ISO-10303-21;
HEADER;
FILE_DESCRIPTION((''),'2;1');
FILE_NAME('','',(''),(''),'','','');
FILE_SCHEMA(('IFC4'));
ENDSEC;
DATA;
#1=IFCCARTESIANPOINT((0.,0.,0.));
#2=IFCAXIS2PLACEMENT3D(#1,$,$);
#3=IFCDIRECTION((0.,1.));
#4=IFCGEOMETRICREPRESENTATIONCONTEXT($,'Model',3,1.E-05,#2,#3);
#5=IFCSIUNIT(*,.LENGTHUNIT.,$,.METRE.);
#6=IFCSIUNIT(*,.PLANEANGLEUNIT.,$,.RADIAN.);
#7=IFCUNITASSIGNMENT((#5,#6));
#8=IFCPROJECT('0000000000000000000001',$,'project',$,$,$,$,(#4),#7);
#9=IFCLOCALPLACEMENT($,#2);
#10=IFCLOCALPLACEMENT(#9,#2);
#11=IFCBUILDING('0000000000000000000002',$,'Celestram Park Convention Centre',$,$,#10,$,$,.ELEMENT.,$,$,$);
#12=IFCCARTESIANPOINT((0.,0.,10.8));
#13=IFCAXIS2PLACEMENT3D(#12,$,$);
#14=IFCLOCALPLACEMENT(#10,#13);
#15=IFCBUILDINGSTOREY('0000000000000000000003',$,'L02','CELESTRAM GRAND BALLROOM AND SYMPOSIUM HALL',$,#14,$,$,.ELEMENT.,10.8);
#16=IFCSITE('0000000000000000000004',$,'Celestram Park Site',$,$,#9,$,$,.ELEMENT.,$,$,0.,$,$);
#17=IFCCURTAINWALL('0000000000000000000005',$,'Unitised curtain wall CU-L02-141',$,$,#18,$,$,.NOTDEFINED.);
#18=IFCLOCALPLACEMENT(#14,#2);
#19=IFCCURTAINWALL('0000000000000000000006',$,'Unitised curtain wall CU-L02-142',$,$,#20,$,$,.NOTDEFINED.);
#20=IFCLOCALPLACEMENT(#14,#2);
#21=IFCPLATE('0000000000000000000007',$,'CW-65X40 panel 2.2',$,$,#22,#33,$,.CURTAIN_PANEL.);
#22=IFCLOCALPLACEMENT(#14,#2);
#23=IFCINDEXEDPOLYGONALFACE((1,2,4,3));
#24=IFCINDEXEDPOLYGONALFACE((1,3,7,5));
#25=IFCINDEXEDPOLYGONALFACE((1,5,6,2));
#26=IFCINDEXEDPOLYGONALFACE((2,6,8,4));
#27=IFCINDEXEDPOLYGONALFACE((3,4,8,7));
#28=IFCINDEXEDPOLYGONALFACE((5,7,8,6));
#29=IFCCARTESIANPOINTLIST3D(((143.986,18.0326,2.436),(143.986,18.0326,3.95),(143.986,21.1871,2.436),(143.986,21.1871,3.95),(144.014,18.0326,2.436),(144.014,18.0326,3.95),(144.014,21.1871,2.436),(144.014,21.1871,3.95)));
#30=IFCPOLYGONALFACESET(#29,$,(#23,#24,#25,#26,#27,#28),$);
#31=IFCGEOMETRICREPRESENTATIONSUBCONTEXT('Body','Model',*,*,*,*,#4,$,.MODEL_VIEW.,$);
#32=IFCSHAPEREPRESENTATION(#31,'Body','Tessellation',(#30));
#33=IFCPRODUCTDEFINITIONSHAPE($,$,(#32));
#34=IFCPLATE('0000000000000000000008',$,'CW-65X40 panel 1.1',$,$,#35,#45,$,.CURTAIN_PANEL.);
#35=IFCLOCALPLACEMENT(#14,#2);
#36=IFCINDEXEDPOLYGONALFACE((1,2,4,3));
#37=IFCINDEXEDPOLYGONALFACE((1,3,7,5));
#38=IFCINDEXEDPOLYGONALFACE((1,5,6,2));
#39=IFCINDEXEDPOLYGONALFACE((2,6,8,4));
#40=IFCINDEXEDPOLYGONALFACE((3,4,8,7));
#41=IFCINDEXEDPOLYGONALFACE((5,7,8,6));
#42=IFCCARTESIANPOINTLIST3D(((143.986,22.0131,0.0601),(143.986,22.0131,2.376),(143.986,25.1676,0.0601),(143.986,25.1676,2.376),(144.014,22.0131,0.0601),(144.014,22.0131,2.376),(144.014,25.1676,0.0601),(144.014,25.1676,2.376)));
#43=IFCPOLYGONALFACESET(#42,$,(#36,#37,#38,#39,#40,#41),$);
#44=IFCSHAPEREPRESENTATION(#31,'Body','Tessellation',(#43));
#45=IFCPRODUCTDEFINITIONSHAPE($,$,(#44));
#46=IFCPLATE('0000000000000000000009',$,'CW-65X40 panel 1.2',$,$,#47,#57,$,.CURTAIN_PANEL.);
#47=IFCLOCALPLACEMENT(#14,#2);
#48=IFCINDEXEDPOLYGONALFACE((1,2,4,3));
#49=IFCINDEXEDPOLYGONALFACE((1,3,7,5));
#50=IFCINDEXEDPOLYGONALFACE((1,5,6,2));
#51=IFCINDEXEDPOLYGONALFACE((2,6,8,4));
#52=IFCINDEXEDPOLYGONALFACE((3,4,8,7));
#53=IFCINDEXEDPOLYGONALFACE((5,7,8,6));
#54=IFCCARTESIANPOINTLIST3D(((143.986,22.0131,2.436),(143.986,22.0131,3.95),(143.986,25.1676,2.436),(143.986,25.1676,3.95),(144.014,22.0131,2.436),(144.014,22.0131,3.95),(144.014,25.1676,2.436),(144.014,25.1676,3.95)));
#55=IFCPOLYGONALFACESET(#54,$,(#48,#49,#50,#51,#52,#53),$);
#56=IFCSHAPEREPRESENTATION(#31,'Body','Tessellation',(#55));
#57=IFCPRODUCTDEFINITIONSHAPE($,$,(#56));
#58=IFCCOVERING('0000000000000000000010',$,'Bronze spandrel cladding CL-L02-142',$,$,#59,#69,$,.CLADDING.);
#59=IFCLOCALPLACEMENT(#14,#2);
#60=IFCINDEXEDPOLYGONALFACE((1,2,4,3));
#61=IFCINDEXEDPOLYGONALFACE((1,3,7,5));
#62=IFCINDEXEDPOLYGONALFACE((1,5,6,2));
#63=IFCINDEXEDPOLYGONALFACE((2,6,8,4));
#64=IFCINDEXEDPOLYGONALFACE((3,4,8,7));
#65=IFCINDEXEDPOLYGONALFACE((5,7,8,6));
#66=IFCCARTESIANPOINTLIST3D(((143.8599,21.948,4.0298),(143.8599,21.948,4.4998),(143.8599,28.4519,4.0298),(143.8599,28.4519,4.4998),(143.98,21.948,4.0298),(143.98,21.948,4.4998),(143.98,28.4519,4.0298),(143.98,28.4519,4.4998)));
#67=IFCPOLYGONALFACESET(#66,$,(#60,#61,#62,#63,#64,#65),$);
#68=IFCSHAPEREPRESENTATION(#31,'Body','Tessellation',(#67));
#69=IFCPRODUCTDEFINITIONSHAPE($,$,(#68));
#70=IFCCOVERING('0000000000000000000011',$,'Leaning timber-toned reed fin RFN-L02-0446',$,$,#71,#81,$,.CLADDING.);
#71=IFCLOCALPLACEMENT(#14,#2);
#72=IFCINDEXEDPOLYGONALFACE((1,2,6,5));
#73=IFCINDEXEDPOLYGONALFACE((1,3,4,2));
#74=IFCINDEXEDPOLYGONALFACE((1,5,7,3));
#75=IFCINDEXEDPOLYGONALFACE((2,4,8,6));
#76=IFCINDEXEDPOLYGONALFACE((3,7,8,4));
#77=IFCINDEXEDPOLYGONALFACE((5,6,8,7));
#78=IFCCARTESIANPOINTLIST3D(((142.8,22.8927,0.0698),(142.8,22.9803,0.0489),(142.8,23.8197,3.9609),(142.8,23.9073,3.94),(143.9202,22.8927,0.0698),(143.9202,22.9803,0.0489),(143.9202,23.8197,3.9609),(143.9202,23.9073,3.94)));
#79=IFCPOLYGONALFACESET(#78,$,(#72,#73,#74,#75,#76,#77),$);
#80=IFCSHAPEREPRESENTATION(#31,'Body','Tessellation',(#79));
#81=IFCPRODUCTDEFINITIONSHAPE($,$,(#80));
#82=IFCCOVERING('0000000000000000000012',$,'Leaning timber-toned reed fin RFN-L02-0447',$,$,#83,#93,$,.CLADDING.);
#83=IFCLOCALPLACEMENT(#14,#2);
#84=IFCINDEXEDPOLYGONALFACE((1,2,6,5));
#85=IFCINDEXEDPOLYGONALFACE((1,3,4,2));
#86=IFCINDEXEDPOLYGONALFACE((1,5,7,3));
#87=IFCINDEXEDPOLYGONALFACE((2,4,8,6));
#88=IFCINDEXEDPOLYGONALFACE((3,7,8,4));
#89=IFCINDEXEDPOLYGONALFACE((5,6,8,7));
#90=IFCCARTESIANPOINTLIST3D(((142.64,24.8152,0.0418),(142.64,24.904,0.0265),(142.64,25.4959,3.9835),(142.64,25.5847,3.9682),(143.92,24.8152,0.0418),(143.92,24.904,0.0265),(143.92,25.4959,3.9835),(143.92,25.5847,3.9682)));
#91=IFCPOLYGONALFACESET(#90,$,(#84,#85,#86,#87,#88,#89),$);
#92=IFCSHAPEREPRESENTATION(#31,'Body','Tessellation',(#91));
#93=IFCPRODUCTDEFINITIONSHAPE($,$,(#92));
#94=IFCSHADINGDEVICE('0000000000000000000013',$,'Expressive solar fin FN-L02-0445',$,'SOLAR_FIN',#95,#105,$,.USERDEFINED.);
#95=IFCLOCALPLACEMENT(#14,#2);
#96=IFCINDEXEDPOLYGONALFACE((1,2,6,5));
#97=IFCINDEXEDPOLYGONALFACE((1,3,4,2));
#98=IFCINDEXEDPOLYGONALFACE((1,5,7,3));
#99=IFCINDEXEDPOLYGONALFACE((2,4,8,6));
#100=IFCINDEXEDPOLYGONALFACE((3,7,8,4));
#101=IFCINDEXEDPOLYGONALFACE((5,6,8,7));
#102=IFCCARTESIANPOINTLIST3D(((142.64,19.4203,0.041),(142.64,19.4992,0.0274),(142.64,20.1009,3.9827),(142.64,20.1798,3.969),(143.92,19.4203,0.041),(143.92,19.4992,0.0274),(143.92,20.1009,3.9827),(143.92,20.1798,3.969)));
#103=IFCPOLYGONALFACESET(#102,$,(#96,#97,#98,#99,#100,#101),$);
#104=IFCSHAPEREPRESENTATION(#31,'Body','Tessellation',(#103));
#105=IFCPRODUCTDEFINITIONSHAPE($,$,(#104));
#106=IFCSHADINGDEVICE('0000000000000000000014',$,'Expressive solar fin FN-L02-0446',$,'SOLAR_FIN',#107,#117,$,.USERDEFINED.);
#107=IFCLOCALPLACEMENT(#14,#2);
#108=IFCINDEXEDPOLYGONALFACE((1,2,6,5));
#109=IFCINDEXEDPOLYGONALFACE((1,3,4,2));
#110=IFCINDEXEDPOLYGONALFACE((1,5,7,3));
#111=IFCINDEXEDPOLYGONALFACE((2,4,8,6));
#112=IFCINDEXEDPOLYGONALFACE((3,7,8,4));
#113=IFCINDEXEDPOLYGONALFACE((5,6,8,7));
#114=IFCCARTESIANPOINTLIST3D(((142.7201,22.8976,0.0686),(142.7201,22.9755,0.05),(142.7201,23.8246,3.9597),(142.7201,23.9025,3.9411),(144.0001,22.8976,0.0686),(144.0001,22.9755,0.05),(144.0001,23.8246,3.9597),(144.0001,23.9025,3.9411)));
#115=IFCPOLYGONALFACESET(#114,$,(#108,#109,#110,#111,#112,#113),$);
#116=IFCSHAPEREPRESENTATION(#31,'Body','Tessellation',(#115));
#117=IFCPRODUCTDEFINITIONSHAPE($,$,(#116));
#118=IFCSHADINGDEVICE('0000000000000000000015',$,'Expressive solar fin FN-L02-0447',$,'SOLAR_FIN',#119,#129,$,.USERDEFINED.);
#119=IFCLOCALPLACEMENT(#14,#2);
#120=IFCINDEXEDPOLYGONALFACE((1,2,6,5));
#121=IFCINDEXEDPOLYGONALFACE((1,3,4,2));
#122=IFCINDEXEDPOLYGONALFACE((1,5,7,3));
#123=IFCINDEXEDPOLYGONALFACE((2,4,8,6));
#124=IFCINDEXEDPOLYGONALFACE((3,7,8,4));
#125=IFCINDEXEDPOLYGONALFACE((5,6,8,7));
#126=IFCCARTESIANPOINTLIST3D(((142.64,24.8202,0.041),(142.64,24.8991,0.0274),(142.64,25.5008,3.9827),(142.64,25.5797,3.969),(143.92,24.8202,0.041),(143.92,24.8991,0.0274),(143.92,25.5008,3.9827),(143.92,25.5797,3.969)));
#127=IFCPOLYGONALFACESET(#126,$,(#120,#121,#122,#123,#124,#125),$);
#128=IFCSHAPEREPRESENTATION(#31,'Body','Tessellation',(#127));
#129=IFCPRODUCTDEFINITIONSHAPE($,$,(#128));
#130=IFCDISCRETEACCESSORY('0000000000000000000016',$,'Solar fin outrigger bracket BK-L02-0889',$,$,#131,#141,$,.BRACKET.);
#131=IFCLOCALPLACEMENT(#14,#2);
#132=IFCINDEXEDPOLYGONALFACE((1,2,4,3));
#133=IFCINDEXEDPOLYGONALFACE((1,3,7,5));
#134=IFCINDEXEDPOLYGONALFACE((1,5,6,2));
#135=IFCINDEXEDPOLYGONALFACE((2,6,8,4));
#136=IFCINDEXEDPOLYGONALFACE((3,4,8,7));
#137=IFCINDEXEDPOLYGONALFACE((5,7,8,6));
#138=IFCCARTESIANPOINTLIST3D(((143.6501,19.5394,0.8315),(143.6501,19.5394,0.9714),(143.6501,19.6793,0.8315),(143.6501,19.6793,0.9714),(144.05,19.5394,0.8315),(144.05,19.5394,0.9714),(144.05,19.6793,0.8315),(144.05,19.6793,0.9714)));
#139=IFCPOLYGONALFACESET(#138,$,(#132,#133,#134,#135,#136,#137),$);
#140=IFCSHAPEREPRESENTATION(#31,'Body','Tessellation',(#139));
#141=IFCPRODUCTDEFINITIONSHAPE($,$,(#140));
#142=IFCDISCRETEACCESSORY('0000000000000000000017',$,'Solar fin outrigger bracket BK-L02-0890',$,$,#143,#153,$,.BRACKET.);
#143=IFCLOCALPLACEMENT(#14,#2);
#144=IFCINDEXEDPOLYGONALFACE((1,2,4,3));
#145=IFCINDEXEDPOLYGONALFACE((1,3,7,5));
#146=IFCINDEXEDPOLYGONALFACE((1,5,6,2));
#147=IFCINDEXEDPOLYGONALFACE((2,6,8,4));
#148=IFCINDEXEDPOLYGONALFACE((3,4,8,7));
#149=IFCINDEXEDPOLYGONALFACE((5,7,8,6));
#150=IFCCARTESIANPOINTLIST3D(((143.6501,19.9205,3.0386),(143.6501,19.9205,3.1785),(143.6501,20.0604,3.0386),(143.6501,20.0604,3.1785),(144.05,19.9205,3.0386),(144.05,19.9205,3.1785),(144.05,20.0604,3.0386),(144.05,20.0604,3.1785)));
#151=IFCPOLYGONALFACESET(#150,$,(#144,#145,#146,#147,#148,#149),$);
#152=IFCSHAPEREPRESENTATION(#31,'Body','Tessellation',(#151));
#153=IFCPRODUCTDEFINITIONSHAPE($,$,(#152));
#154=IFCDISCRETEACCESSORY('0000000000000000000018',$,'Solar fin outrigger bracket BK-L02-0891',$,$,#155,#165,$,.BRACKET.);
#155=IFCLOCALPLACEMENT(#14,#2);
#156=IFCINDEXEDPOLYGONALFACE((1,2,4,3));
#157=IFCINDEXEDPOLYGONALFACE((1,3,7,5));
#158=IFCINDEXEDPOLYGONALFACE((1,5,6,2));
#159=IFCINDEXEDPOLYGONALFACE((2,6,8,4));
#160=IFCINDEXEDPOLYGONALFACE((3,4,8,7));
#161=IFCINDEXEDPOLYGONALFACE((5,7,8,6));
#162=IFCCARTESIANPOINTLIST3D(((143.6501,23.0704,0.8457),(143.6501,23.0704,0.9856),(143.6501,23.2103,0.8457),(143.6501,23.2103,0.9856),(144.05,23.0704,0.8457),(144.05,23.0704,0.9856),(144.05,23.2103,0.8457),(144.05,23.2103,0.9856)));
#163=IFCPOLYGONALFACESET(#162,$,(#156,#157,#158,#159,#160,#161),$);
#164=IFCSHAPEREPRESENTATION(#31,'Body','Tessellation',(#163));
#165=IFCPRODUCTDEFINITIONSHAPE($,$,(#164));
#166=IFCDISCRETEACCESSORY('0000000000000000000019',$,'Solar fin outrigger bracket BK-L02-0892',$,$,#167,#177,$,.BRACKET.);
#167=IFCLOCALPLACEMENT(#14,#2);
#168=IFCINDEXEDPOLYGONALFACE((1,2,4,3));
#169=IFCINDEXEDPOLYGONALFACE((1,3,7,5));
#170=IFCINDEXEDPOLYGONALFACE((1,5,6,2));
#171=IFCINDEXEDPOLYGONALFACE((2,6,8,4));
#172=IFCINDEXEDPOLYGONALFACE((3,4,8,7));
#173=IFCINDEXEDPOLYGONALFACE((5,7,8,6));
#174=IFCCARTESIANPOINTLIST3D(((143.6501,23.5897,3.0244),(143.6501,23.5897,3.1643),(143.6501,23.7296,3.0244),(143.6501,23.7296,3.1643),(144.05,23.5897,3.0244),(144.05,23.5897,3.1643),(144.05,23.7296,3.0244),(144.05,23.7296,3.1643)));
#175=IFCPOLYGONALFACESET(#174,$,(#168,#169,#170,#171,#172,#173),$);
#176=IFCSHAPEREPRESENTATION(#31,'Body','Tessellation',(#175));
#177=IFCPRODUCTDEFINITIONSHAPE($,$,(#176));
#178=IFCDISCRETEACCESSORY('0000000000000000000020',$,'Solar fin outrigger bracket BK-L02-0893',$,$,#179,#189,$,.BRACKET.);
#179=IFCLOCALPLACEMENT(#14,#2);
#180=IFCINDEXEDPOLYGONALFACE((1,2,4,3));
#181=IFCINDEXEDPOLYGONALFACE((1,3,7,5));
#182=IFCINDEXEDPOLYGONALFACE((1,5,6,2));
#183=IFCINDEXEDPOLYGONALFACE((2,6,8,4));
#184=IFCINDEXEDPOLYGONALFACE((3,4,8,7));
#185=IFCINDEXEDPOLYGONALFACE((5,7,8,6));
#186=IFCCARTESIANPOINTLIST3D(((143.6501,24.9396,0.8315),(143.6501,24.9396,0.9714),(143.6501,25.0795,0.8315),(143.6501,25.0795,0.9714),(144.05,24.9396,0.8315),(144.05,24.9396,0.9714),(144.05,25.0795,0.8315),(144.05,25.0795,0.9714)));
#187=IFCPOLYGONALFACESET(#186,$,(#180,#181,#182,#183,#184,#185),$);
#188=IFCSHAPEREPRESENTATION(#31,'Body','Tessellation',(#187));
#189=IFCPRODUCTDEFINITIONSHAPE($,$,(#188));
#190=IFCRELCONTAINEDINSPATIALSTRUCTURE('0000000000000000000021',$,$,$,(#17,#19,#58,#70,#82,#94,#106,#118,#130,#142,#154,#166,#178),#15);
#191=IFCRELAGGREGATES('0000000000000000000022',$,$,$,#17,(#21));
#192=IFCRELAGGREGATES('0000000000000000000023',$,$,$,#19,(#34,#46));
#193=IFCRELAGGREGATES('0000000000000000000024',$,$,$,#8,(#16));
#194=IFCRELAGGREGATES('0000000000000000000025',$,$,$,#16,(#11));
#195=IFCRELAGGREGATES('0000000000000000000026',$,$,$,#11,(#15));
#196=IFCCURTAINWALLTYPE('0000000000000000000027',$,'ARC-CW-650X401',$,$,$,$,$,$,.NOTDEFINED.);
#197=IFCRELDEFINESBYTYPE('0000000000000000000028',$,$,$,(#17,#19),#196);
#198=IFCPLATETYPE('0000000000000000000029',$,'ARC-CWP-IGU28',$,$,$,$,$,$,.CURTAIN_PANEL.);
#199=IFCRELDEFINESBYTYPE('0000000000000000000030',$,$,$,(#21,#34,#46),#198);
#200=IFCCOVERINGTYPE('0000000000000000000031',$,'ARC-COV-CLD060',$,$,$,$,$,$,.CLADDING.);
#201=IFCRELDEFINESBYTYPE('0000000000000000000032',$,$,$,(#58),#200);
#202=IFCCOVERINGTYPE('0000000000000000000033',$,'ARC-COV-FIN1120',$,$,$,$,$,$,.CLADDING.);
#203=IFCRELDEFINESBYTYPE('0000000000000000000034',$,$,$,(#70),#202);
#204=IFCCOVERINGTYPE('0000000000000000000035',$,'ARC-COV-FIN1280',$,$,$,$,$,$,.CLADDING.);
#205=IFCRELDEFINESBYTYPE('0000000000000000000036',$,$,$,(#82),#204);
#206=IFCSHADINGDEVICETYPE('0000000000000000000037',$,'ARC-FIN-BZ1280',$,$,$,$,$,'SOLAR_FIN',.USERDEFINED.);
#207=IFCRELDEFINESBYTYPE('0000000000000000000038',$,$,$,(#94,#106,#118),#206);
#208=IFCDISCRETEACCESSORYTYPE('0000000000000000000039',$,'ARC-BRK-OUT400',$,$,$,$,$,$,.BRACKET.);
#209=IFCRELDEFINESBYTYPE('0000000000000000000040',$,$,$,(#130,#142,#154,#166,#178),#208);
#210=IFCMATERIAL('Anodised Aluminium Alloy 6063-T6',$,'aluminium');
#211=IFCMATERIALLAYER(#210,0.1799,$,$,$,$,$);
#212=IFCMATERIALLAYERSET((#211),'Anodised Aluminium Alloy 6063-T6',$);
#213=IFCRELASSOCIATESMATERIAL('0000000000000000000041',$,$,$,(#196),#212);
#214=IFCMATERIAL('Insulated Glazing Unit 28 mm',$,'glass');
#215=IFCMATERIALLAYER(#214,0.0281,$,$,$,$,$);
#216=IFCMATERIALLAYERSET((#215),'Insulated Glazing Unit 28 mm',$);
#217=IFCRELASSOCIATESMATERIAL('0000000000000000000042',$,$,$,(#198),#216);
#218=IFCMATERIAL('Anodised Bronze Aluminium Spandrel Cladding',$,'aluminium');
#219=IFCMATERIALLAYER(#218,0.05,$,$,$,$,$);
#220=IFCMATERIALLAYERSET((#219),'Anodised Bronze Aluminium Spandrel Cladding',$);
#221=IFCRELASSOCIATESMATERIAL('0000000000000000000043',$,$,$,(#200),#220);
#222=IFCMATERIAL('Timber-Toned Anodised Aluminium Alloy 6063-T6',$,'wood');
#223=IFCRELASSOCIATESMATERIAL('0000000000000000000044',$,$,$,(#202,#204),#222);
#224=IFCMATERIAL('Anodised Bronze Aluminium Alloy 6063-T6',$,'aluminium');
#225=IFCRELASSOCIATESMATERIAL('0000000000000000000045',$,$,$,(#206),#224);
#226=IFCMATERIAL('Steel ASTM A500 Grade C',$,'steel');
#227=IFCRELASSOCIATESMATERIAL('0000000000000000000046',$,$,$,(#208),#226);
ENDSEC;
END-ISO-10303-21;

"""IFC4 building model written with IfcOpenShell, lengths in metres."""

from ifc_helpers import new_model, si_unit, direction, frame, origin, origin_2d, place, context, subcontext, project, spatial, rectangle, extrude, material, layer, layer_set, material_profile, profile_set, type_object, element, aggregate, save


model = new_model("IFC4")

# Units and contexts
model_context = context("Model", 3, precision=1e-05, world=origin(), true_north=direction((0.0, 1.0)))
body_context = subcontext(model_context, "Body", "Model", "MODEL_VIEW")
ifc_project = project(units=[si_unit("LENGTHUNIT", "METRE"), si_unit("PLANEANGLEUNIT", "RADIAN")], contexts=[model_context])

# Site, building, storey
site_placement = place(None, origin())
site = spatial("IfcSite", under=ifc_project, at=site_placement, Name="Celestram Park Site", CompositionType="ELEMENT", RefElevation=0.0)
building_placement = place(site_placement, origin())
building = spatial("IfcBuilding", under=site, at=building_placement, Name="Celestram Park Convention Centre", CompositionType="ELEMENT")
storey_placement = place(building_placement, frame((0.0, 0.0, 10.8)))
storey = spatial("IfcBuildingStorey", under=building, at=storey_placement, Name="L02", Description="CELESTRAM GRAND BALLROOM AND SYMPOSIUM HALL", CompositionType="ELEMENT", Elevation=10.8)

# Curtain wall
ifc_material_1 = material(Name="Anodised Aluminium Alloy 6063-T6", Category="aluminium")
ifc_layer_1 = layer(ifc_material_1, 0.1799)
ifc_layer_set_1 = layer_set([ifc_layer_1], Name="Anodised Aluminium Alloy 6063-T6")
curtain_wall_type = type_object("IfcCurtainWallType", Name="ARC-CW-650X401", PredefinedType="NOTDEFINED", material=ifc_layer_set_1)
curtain_wall_1_placement = place(storey_placement, origin())
curtain_wall_1 = element("IfcCurtainWall", 1, at=curtain_wall_1_placement, inside=storey, type_object=curtain_wall_type, Name="Unitised curtain wall CU-L02-141", PredefinedType="NOTDEFINED")

# Curtain wall
curtain_wall_2_placement = place(storey_placement, origin())
curtain_wall_2 = element("IfcCurtainWall", 2, at=curtain_wall_2_placement, inside=storey, type_object=curtain_wall_type, Name="Unitised curtain wall CU-L02-142", PredefinedType="NOTDEFINED")

# Plates
ifc_material_2 = material(Name="Insulated Glazing Unit 28 mm", Category="glass")
ifc_layer_2 = layer(ifc_material_2, 0.0281)
ifc_layer_set_2 = layer_set([ifc_layer_2], Name="Insulated Glazing Unit 28 mm")
plate_type = type_object("IfcPlateType", Name="ARC-CWP-IGU28", PredefinedType="CURTAIN_PANEL", material=ifc_layer_set_2)
plate_1_placement = place(storey_placement, frame((144.0, 19.6099, 2.436), z_axis=(0.0, 0.0, 1.0), x_axis=(0.0, 1.0, 0.0)))
plate_1 = element("IfcPlate", 3, at=plate_1_placement, type_object=plate_type, Name="CW-65X40 panel 2.2", PredefinedType="CURTAIN_PANEL", context=body_context, shape_type="SweptSolid", body=[
    extrude(rectangle(XDim=3.1545, YDim=0.0281, at=origin_2d()), origin(), (0.0, 0.0, 1.0), 1.5139),
])
aggregate(curtain_wall_1, [plate_1])
plate_2_placement = place(storey_placement, frame((144.0, 23.5903, 0.0601), z_axis=(0.0, 0.0, 1.0), x_axis=(0.0, 1.0, 0.0)))
plate_2 = element("IfcPlate", 4, at=plate_2_placement, type_object=plate_type, Name="CW-65X40 panel 1.1", PredefinedType="CURTAIN_PANEL", context=body_context, shape_type="SweptSolid", body=[
    extrude(rectangle(XDim=3.1545, YDim=0.0281, at=origin_2d()), origin(), (0.0, 0.0, 1.0), 2.3159),
])
plate_3_placement = place(storey_placement, frame((144.0, 23.5903, 2.436), z_axis=(0.0, 0.0, 1.0), x_axis=(0.0, 1.0, 0.0)))
plate_3 = element("IfcPlate", 5, at=plate_3_placement, type_object=plate_type, Name="CW-65X40 panel 1.2", PredefinedType="CURTAIN_PANEL", context=body_context, shape_type="SweptSolid", body=[
    extrude(rectangle(XDim=3.1545, YDim=0.0281, at=origin_2d()), origin(), (0.0, 0.0, 1.0), 1.5139),
])
aggregate(curtain_wall_2, [plate_2, plate_3])

# Coverings
ifc_material_3 = material(Name="Anodised Bronze Aluminium Spandrel Cladding", Category="aluminium")
ifc_layer_3 = layer(ifc_material_3, 0.05)
ifc_layer_set_3 = layer_set([ifc_layer_3], Name="Anodised Bronze Aluminium Spandrel Cladding")
covering_type_1 = type_object("IfcCoveringType", Name="ARC-COV-CLD060", PredefinedType="CLADDING", material=ifc_layer_set_3)
covering_1_placement = place(storey_placement, frame((143.9199, 25.2, 4.0298), z_axis=(0.0, 0.0, 1.0), x_axis=(0.0, 1.0, 0.0)))
element("IfcCovering", 6, at=covering_1_placement, inside=storey, type_object=covering_type_1, Name="Bronze spandrel cladding CL-L02-142", PredefinedType="CLADDING", context=body_context, shape_type="SweptSolid", body=[
    extrude(rectangle(XDim=6.5039, YDim=0.1201, at=origin_2d()), origin(), (0.0, 0.0, 1.0), 0.47),
])
ifc_material_4 = material(Name="Timber-Toned Anodised Aluminium Alloy 6063-T6", Category="wood")
ifc_material_profile_1 = material_profile(ifc_material_4, rectangle(XDim=1.1201, YDim=0.0901, at=origin_2d()), Name="REED1120X90")
ifc_profile_set_1 = profile_set([ifc_material_profile_1], Name="Timber-Toned Anodised Aluminium Alloy 6063-T6")
covering_type_2 = type_object("IfcCoveringType", Name="ARC-COV-FIN1120", PredefinedType="CLADDING", material=ifc_profile_set_1)
covering_2_placement = place(storey_placement, frame((143.3601, 22.9365, 0.0593), z_axis=(0.0, 0.23175, 0.972775), x_axis=(-1.0, 0.0, 0.0)))
element("IfcCovering", 7, at=covering_2_placement, inside=storey, type_object=covering_type_2, Name="Leaning timber-toned reed fin RFN-L02-0446", PredefinedType="CLADDING", context=body_context, shape_type="SweptSolid", body=[
    extrude(rectangle(XDim=1.1201, YDim=0.0901, at=origin_2d()), origin(), (0.0, 0.0, 1.0), 4.0),
])
ifc_material_profile_2 = material_profile(ifc_material_4, rectangle(XDim=1.28, YDim=0.0901, at=origin_2d()), Name="REED1280X90")
ifc_profile_set_2 = profile_set([ifc_material_profile_2], Name="Timber-Toned Anodised Aluminium Alloy 6063-T6")
covering_type_3 = type_object("IfcCoveringType", Name="ARC-COV-FIN1280", PredefinedType="CLADDING", material=ifc_profile_set_2)
covering_3_placement = place(storey_placement, frame((143.28, 24.8596, 0.0342), z_axis=(0.0, 0.170166, 0.985415), x_axis=(-1.0, 0.0, 0.0)))
element("IfcCovering", 8, at=covering_3_placement, inside=storey, type_object=covering_type_3, Name="Leaning timber-toned reed fin RFN-L02-0447", PredefinedType="CLADDING", context=body_context, shape_type="SweptSolid", body=[
    extrude(rectangle(XDim=1.28, YDim=0.0901, at=origin_2d()), origin(), (0.0, 0.0, 1.0), 4.0),
])

# Shading devices
ifc_material_5 = material(Name="Anodised Bronze Aluminium Alloy 6063-T6", Category="aluminium")
ifc_material_profile_3 = material_profile(ifc_material_5, rectangle(XDim=1.28, YDim=0.0801, at=origin_2d()), Name="FIN1280X80")
ifc_profile_set_3 = profile_set([ifc_material_profile_3], Name="Anodised Bronze Aluminium Alloy 6063-T6")
shading_device_type = type_object("IfcShadingDeviceType", Name="ARC-FIN-BZ1280", ElementType="SOLAR_FIN", PredefinedType="USERDEFINED", material=ifc_profile_set_3)
for number, where, z_axis, x_axis, name in (
    (9, (143.28, 19.4597, 0.0342), (0.0, 0.170166, 0.985415), (-1.0, 0.0, 0.0), "Expressive solar fin FN-L02-0445"),
    (10, (143.3601, 22.9365, 0.0593), (0.0, 0.23175, 0.972775), (-1.0, 0.0, 0.0), "Expressive solar fin FN-L02-0446"),
    (11, (143.28, 24.8596, 0.0342), (0.0, 0.170166, 0.985415), (-1.0, 0.0, 0.0), "Expressive solar fin FN-L02-0447"),
):
    element("IfcShadingDevice", number, at=place(storey_placement, frame(where, z_axis=z_axis, x_axis=x_axis)), inside=storey, type_object=shading_device_type, Name=name, ObjectType="SOLAR_FIN", PredefinedType="USERDEFINED", context=body_context, shape_type="SweptSolid", body=[
        extrude(rectangle(XDim=1.28, YDim=0.0801, at=origin_2d()), origin(), (0.0, 0.0, 1.0), 4.0),
    ])

# Discrete accessories
ifc_material_6 = material(Name="Steel ASTM A500 Grade C", Category="steel")
discrete_accessory_type = type_object("IfcDiscreteAccessoryType", Name="ARC-BRK-OUT400", PredefinedType="BRACKET", material=ifc_material_6)
for number, where, z_axis, x_axis, name in (
    (12, (143.8501, 19.6094, 0.8315), (0.0, 0.0, 1.0), (-1.0, 0.0, 0.0), "Solar fin outrigger bracket BK-L02-0889"),
    (13, (143.8501, 19.9905, 3.0386), (0.0, 0.0, 1.0), (-1.0, 0.0, 0.0), "Solar fin outrigger bracket BK-L02-0890"),
    (14, (143.8501, 23.1404, 0.8457), (0.0, 0.0, 1.0), (-1.0, 0.0, 0.0), "Solar fin outrigger bracket BK-L02-0891"),
    (15, (143.8501, 23.6597, 3.0244), (0.0, 0.0, 1.0), (-1.0, 0.0, 0.0), "Solar fin outrigger bracket BK-L02-0892"),
    (16, (143.8501, 25.0095, 0.8315), (0.0, 0.0, 1.0), (-1.0, 0.0, 0.0), "Solar fin outrigger bracket BK-L02-0893"),
):
    element("IfcDiscreteAccessory", number, at=place(storey_placement, frame(where, z_axis=z_axis, x_axis=x_axis)), inside=storey, type_object=discrete_accessory_type, Name=name, PredefinedType="BRACKET", context=body_context, shape_type="SweptSolid", body=[
        extrude(rectangle(XDim=0.3999, YDim=0.1399, at=origin_2d()), origin(), (0.0, 0.0, 1.0), 0.1399),
    ])

save(model, "model.ifc")
